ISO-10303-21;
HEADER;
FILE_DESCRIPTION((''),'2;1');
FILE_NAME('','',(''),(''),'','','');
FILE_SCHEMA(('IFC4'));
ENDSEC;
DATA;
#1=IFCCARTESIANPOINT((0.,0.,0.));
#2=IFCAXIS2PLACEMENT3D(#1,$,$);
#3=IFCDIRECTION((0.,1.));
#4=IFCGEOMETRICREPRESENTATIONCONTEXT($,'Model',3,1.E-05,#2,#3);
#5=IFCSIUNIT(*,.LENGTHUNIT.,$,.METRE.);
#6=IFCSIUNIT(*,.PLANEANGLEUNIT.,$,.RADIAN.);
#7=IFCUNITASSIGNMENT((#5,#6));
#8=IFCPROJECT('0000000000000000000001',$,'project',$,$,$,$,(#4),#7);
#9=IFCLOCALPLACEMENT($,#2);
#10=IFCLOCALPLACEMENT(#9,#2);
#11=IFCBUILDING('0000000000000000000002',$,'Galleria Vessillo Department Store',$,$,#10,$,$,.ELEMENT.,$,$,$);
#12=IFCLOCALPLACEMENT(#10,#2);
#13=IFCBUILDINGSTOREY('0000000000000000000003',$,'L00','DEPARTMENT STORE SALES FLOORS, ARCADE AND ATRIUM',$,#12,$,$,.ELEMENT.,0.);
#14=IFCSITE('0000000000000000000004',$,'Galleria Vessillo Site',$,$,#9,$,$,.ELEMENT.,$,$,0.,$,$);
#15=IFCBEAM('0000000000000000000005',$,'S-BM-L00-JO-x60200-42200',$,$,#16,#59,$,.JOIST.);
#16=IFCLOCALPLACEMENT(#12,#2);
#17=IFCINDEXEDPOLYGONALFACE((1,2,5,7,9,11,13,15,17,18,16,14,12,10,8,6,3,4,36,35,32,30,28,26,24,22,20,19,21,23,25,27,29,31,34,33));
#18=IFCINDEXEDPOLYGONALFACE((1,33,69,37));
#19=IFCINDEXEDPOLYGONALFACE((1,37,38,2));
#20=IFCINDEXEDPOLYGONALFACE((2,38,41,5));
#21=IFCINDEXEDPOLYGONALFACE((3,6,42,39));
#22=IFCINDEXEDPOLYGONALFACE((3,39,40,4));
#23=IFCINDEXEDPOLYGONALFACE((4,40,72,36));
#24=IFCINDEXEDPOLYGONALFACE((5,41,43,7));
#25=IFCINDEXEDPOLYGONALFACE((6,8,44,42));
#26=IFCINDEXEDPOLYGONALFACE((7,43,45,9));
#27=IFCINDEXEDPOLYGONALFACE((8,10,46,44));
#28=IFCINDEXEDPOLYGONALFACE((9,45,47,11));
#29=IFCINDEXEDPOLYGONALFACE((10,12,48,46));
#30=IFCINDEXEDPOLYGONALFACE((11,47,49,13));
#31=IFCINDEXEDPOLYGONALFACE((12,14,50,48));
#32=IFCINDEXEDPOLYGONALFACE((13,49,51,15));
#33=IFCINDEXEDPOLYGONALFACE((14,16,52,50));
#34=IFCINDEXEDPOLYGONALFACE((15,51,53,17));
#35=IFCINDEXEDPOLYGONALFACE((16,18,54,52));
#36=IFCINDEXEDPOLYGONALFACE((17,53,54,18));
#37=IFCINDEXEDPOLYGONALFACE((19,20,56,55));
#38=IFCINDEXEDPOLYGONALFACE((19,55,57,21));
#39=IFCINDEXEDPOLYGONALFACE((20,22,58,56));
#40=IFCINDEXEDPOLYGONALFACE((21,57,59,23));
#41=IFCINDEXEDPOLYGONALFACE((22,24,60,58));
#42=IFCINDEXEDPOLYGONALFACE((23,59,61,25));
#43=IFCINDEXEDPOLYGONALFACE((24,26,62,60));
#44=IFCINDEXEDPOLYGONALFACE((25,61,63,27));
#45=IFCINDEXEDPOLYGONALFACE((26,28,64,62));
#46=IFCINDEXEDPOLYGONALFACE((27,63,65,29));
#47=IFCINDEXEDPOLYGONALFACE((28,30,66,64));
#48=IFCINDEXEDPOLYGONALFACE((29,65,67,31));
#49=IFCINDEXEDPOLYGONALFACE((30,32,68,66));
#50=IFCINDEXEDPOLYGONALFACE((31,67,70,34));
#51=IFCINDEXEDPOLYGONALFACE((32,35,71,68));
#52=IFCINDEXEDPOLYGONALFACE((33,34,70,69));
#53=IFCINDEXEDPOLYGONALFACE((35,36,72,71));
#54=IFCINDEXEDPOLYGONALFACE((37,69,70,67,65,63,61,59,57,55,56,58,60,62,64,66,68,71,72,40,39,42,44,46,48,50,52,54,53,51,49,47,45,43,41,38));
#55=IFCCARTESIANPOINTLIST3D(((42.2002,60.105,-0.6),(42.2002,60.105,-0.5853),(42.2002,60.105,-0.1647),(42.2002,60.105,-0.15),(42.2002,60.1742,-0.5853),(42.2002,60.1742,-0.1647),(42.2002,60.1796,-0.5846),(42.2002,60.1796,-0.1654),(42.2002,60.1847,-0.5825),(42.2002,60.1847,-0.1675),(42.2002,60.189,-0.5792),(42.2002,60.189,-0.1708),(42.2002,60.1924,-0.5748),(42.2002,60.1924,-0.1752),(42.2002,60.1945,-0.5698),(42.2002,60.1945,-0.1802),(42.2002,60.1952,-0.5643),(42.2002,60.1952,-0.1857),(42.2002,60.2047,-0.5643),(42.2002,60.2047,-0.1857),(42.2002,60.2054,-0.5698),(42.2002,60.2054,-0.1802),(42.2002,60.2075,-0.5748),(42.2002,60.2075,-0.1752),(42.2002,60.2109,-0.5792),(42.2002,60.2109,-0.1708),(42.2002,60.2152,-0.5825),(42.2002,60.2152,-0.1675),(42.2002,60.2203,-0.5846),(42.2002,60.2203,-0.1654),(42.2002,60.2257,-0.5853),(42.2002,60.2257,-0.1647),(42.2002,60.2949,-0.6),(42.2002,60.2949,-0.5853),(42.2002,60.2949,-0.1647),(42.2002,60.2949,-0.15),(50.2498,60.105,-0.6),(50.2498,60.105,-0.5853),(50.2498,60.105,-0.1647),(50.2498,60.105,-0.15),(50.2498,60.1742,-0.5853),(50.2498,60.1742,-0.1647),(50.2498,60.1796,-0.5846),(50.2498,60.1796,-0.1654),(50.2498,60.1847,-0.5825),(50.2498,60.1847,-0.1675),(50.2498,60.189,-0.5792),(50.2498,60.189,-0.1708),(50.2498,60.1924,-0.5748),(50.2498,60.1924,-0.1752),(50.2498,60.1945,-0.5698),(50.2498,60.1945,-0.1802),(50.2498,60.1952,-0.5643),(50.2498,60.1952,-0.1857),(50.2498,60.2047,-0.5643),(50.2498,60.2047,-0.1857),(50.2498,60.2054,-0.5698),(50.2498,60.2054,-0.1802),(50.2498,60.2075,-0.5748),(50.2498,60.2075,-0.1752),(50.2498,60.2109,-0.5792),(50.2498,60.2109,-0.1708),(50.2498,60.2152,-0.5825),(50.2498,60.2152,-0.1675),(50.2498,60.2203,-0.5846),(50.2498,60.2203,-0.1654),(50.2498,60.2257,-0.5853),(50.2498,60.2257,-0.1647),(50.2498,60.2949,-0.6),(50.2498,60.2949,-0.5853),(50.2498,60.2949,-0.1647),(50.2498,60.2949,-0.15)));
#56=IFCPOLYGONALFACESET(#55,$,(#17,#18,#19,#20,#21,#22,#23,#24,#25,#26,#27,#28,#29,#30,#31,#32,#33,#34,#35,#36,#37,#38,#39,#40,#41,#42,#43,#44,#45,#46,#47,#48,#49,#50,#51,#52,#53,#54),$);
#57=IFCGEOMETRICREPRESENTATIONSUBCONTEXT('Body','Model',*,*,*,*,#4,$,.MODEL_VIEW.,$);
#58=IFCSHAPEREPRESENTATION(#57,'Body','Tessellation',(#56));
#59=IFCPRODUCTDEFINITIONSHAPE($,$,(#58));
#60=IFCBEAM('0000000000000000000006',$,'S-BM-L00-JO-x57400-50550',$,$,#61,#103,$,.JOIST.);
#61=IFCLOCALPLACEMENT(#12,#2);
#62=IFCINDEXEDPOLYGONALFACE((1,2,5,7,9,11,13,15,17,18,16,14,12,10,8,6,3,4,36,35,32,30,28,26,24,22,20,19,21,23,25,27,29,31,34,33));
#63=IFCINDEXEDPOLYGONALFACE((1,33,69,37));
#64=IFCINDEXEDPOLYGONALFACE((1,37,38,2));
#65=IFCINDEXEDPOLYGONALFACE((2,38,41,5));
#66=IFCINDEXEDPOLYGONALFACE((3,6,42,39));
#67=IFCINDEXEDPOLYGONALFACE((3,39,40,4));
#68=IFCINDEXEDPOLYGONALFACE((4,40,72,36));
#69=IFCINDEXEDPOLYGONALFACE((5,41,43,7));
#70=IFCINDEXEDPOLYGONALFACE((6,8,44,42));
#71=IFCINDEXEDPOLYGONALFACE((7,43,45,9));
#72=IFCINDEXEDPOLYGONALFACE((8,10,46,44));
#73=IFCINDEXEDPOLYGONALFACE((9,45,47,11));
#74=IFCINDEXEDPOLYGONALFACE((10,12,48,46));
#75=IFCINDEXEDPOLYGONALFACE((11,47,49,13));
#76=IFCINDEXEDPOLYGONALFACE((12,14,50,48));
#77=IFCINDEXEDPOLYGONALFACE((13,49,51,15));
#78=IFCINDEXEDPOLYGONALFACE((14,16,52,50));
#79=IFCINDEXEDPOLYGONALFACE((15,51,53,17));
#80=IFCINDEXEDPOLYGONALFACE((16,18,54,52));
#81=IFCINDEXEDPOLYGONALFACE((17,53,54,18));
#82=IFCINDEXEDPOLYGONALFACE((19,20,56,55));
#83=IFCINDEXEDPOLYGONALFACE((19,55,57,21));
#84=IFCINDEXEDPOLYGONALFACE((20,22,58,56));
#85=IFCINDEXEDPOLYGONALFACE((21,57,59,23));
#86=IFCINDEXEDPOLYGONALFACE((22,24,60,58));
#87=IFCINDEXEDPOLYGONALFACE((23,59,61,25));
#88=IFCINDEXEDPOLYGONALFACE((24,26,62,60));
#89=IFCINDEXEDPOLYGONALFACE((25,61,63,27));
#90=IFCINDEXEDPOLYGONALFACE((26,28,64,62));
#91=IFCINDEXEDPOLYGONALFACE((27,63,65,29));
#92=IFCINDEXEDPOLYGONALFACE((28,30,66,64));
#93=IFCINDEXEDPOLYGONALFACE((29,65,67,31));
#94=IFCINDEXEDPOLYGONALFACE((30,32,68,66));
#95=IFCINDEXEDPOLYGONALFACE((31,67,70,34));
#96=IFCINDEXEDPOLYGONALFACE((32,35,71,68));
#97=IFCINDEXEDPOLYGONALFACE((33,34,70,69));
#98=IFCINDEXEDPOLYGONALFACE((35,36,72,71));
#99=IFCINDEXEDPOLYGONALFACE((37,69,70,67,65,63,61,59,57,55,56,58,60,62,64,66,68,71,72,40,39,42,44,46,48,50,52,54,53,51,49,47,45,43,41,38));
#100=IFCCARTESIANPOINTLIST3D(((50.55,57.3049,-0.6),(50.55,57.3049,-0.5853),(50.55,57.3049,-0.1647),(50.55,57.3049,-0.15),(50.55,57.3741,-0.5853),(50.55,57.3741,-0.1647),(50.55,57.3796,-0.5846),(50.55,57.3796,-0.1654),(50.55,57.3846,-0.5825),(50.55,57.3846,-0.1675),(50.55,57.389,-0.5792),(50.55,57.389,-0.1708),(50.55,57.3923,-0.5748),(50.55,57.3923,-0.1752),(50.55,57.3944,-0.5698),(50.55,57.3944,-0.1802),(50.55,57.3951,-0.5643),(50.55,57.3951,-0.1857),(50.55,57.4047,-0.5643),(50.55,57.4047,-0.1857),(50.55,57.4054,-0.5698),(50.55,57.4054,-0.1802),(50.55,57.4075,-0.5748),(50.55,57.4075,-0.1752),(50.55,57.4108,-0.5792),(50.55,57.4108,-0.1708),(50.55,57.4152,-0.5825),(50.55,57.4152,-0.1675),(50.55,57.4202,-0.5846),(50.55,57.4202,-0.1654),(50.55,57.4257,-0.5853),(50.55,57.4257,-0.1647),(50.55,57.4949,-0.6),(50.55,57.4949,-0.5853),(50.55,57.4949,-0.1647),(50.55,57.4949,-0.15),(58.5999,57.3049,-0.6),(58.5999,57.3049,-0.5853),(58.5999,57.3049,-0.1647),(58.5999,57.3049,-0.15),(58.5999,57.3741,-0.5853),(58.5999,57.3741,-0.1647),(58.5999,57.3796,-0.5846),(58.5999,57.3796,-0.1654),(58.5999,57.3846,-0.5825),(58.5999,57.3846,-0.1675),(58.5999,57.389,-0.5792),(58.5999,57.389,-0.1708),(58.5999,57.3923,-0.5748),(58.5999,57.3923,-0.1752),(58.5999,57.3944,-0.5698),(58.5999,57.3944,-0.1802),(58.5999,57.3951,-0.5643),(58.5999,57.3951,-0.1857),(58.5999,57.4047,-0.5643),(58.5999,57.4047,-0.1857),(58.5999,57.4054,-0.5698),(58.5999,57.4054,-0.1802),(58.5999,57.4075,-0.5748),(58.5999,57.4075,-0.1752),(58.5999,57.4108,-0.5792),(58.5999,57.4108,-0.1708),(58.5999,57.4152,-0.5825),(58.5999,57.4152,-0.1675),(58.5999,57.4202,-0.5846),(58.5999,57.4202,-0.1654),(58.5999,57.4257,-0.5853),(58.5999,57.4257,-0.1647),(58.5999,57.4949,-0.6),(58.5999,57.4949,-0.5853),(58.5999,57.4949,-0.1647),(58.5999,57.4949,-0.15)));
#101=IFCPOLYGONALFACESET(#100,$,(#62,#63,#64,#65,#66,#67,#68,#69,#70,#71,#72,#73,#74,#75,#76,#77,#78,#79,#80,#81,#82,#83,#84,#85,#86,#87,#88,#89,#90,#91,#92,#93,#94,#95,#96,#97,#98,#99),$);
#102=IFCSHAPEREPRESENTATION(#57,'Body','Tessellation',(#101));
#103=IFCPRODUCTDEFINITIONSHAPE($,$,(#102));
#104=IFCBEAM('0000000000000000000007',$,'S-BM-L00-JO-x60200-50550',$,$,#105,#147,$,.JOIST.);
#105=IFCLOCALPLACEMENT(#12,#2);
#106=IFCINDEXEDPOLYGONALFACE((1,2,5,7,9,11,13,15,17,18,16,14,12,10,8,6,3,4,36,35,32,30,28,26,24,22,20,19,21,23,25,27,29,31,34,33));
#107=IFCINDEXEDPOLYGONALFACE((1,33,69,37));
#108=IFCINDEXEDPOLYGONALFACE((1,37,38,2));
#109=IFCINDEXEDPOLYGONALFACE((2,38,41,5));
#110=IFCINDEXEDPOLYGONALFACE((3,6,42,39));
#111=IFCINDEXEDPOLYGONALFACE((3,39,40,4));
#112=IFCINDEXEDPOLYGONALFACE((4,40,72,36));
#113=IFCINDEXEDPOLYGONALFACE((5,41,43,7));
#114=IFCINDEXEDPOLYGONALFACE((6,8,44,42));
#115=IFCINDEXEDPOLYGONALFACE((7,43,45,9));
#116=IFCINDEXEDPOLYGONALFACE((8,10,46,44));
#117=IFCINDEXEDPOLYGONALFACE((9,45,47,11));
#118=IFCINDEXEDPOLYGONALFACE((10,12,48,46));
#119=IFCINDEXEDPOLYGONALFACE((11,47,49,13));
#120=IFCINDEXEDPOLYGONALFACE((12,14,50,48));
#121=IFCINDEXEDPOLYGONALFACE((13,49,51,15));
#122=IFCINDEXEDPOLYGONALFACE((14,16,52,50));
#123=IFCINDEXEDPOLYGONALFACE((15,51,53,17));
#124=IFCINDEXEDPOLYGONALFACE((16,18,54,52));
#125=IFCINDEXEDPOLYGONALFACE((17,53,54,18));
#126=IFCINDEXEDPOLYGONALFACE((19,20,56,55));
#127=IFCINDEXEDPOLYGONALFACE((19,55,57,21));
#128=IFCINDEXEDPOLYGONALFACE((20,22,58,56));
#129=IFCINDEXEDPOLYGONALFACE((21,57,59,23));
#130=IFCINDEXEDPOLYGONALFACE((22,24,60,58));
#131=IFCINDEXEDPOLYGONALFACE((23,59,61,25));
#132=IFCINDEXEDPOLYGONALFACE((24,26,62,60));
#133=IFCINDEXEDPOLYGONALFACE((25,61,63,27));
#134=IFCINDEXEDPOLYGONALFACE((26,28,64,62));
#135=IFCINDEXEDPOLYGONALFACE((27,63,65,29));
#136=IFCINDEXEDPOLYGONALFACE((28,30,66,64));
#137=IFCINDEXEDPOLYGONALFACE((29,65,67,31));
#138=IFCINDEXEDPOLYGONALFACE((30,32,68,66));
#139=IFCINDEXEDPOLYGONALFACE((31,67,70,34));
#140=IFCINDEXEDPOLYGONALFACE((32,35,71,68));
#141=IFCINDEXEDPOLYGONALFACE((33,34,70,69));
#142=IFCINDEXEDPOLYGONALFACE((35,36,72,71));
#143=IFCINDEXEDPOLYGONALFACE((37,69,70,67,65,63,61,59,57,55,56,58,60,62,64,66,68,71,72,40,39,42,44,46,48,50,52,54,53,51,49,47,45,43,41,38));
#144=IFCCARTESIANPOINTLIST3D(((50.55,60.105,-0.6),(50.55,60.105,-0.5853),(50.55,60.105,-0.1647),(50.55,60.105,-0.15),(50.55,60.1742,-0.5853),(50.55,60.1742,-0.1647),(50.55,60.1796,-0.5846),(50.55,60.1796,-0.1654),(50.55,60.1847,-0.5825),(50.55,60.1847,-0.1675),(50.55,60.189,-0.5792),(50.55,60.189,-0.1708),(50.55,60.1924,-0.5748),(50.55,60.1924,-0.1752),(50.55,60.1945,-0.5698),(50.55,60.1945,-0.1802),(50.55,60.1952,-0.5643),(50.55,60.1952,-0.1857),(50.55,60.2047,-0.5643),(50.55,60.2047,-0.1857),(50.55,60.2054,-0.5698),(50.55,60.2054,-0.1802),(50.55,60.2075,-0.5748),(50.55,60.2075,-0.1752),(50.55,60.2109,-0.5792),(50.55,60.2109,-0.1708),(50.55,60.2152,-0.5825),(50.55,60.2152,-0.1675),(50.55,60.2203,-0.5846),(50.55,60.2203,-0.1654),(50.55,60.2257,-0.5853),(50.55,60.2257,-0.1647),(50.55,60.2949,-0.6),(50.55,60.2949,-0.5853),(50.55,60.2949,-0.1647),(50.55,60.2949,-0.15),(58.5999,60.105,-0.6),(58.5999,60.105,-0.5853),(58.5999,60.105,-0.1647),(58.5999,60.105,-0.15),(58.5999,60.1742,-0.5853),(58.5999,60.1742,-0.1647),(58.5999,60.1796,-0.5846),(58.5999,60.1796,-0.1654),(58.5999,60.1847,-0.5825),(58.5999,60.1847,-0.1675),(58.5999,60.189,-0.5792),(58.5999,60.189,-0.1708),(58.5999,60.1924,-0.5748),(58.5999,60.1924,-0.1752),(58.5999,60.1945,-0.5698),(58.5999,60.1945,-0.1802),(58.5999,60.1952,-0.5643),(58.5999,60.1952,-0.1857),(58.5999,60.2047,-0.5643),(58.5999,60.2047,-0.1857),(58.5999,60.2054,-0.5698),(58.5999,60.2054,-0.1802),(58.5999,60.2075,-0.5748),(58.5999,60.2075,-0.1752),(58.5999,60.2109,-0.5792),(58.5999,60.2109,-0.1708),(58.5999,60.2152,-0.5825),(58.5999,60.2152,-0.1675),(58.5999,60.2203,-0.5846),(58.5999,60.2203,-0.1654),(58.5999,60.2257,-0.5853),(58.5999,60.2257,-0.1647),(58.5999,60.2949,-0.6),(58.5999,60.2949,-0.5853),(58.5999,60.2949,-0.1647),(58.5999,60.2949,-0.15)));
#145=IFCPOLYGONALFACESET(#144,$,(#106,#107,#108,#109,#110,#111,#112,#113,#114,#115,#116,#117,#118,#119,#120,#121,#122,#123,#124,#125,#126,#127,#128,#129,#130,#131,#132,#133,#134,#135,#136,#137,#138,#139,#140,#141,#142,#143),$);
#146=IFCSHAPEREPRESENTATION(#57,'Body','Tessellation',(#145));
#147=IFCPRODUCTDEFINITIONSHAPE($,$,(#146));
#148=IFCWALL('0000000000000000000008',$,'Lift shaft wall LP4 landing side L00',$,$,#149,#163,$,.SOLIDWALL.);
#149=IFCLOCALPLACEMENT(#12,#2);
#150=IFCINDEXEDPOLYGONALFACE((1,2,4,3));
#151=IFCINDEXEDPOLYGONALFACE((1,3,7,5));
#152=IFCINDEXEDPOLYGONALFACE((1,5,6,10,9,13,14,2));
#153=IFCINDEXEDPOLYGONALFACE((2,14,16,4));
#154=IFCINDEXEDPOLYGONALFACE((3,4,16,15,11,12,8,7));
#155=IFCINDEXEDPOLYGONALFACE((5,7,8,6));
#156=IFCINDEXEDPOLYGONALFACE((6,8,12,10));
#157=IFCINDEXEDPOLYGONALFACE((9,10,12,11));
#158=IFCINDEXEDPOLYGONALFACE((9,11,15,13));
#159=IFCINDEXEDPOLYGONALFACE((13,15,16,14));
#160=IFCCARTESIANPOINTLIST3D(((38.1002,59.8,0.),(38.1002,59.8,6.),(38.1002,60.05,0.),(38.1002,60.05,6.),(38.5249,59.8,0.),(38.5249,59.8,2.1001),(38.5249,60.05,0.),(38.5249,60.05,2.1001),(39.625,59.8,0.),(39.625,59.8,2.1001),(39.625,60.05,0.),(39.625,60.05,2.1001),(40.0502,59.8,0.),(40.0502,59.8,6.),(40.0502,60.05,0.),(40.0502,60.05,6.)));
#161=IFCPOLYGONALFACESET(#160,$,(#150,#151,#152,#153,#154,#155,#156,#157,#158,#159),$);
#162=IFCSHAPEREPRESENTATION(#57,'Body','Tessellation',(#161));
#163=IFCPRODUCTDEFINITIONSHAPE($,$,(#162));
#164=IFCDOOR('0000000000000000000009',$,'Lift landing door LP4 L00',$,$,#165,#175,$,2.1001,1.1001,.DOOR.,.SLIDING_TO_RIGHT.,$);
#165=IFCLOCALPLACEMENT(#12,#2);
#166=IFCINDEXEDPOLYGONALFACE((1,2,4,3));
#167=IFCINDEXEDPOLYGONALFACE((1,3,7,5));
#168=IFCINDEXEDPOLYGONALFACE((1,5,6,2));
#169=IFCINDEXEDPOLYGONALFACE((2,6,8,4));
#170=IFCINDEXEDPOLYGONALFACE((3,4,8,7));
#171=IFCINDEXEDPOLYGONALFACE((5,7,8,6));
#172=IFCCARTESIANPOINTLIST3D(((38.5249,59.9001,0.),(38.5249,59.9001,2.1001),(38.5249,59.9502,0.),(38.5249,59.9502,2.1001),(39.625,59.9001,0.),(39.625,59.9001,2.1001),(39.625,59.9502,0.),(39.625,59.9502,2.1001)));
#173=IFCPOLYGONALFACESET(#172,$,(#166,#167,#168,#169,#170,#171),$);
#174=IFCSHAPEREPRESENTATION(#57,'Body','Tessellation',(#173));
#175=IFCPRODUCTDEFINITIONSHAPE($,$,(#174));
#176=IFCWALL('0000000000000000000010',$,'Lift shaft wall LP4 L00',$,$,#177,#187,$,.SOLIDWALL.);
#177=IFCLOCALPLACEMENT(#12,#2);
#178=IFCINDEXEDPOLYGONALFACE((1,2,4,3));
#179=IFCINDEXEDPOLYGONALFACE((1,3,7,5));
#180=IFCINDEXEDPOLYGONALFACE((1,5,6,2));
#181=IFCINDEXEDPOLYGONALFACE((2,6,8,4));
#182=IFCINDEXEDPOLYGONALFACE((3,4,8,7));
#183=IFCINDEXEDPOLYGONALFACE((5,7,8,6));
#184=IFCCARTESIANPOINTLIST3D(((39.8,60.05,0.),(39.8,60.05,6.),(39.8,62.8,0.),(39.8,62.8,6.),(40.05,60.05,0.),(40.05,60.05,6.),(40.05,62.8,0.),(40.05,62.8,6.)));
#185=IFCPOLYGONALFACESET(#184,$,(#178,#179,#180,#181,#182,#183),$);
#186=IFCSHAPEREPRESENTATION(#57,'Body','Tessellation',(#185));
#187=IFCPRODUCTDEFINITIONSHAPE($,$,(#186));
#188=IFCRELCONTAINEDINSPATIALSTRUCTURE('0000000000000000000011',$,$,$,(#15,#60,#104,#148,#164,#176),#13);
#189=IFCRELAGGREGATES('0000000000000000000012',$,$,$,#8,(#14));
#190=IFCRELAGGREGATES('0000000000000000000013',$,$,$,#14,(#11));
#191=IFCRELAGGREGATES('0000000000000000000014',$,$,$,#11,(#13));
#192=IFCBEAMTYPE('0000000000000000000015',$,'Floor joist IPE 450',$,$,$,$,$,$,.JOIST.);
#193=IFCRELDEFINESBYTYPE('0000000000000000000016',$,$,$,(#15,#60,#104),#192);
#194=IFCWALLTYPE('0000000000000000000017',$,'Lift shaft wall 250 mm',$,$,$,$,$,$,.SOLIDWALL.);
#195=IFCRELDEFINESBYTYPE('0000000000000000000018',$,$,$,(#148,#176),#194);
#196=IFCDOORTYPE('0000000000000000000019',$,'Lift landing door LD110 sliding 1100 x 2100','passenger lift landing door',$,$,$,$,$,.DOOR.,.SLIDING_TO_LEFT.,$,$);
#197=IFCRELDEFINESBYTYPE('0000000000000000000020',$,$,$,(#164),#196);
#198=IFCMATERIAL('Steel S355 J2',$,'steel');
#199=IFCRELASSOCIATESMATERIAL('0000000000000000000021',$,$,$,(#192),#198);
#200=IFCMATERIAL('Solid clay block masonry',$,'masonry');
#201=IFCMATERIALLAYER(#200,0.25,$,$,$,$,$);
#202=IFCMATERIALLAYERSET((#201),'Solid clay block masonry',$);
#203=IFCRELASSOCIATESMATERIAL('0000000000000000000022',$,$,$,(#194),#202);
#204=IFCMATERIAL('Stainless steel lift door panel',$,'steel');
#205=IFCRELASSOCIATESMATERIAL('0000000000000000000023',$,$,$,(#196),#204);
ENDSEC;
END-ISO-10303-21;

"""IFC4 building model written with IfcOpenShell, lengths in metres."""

from ifc_helpers import new_model, si_unit, direction, frame, frame_2d, origin, origin_2d, place, context, subcontext, project, spatial, rectangle, i_section, extrude, material, layer, layer_set, material_profile, profile_set, type_object, element, fill, save


model = new_model("IFC4")

# Units and contexts
model_context = context("Model", 3, precision=1e-05, world=origin(), true_north=direction((0.0, 1.0)))
body_context = subcontext(model_context, "Body", "Model", "MODEL_VIEW")
ifc_project = project(units=[si_unit("LENGTHUNIT", "METRE"), si_unit("PLANEANGLEUNIT", "RADIAN")], contexts=[model_context])

# Site, building, storey
site_placement = place(None, origin())
site = spatial("IfcSite", under=ifc_project, at=site_placement, Name="Galleria Vessillo Site", CompositionType="ELEMENT", RefElevation=0.0)
building_placement = place(site_placement, origin())
building = spatial("IfcBuilding", under=site, at=building_placement, Name="Galleria Vessillo Department Store", CompositionType="ELEMENT")
storey_placement = place(building_placement, origin())
storey = spatial("IfcBuildingStorey", under=building, at=storey_placement, Name="L00", Description="DEPARTMENT STORE SALES FLOORS, ARCADE AND ATRIUM", CompositionType="ELEMENT", Elevation=0.0)

# Beams
ifc_material_1 = material(Name="Steel S355 J2", Category="steel")
ifc_material_profile_1 = material_profile(ifc_material_1, i_section(OverallWidth=0.1899, OverallDepth=0.45, WebThickness=0.0095, FlangeThickness=0.0146, FilletRadius=0.021, at=origin_2d()), Name="IPE 450")
ifc_profile_set_1 = profile_set([ifc_material_profile_1], Name="Steel S355 J2")
beam_type_1 = type_object("IfcBeamType", Name="Floor joist IPE 450", PredefinedType="JOIST", material=ifc_profile_set_1)
for number, where, z_axis, x_axis, name in (
    (1, (42.2002, 60.2, -0.375), (1.0, 0.0, 0.0), (0.0, 1.0, 0.0), "S-BM-L00-JO-x60200-42200"),
):
    element("IfcBeam", number, at=place(storey_placement, frame(where, z_axis=z_axis, x_axis=x_axis)), inside=storey, type_object=beam_type_1, Name=name, PredefinedType="JOIST", context=body_context, shape_type="SweptSolid", body=[
        extrude(i_section(OverallWidth=0.1899, OverallDepth=0.45, WebThickness=0.0095, FlangeThickness=0.0146, FilletRadius=0.021, at=origin_2d()), origin(), (0.0, 0.0, 1.0), 8.0496),
    ])
for number, where, z_axis, x_axis, name in (
    (2, (50.55, 57.3999, -0.375), (1.0, 0.0, 0.0), (0.0, 1.0, 0.0), "S-BM-L00-JO-x57400-50550"),
    (3, (50.55, 60.2, -0.375), (1.0, 0.0, 0.0), (0.0, 1.0, 0.0), "S-BM-L00-JO-x60200-50550"),
):
    element("IfcBeam", number, at=place(storey_placement, frame(where, z_axis=z_axis, x_axis=x_axis)), inside=storey, type_object=beam_type_1, Name=name, PredefinedType="JOIST", context=body_context, shape_type="SweptSolid", body=[
        extrude(i_section(OverallWidth=0.1899, OverallDepth=0.45, WebThickness=0.0095, FlangeThickness=0.0146, FilletRadius=0.021, at=origin_2d()), origin(), (0.0, 0.0, 1.0), 8.0498),
    ])

# Wall, opening, door
ifc_material_2 = material(Name="Solid clay block masonry", Category="masonry")
ifc_layer_1 = layer(ifc_material_2, 0.25)
ifc_layer_set_1 = layer_set([ifc_layer_1], Name="Solid clay block masonry")
wall_type_1 = type_object("IfcWallType", Name="Lift shaft wall 250 mm", PredefinedType="SOLIDWALL", material=ifc_layer_set_1)
wall_1_placement = place(storey_placement, frame((38.1001, 59.925, 0.0), z_axis=(0.0, 0.0, 1.0), x_axis=(1.0, 0.0, 0.0)))
wall_1 = element("IfcWall", 4, at=wall_1_placement, inside=storey, type_object=wall_type_1, Name="Lift shaft wall LP4 landing side L00", PredefinedType="SOLIDWALL", context=body_context, shape_type="SweptSolid", body=[
    extrude(rectangle(XDim=1.95, YDim=0.25, at=frame_2d((0.9751, 0.0))), origin(), (0.0, 0.0, 1.0), 6.0),
])
opening_1_placement = place(wall_1_placement, frame((0.4248, 0.0, 0.0)))
opening_1 = element("IfcOpeningElement", 5, at=opening_1_placement, cuts=wall_1, PredefinedType="OPENING", context=body_context, shape_type="SweptSolid", body=[
    extrude(rectangle(XDim=1.1001, YDim=2.1001, at=frame_2d((0.55, 1.05))), frame((0.0, 0.135, 0.0), z_axis=(0.0, -1.0, 0.0), x_axis=(1.0, 0.0, 0.0)), (0.0, 0.0, 1.0), 0.27),
])
ifc_material_3 = material(Name="Stainless steel lift door panel", Category="steel")
door_type_1 = type_object("IfcDoorType", Name="Lift landing door LD110 sliding 1100 x 2100", Description="passenger lift landing door", OperationType="SLIDING_TO_LEFT", PredefinedType="DOOR", material=ifc_material_3)
door_1_placement = place(opening_1_placement, frame((1.1001, 0.0, 0.0), z_axis=(0.0, 0.0, 1.0), x_axis=(-1.0, 0.0, 0.0)))
door_1 = element("IfcDoor", 6, at=door_1_placement, inside=storey, type_object=door_type_1, Name="Lift landing door LP4 L00", OperationType="SLIDING_TO_RIGHT", OverallHeight=2.1001, OverallWidth=1.1001, PredefinedType="DOOR", context=body_context, shape_type="SweptSolid", body=[
    extrude(rectangle(XDim=1.1001, YDim=2.1001, at=frame_2d((0.55, 1.05))), frame((0.0, 0.0249, 0.0), z_axis=(0.0, -1.0, 0.0), x_axis=(1.0, 0.0, 0.0)), (0.0, 0.0, 1.0), 0.05),
])
fill(opening_1, door_1)

# Wall
wall_2_placement = place(storey_placement, frame((39.925, 62.8, 0.0), z_axis=(0.0, 0.0, 1.0), x_axis=(0.0, -1.0, 0.0)))
element("IfcWall", 7, at=wall_2_placement, inside=storey, type_object=wall_type_1, Name="Lift shaft wall LP4 L00", PredefinedType="SOLIDWALL", context=body_context, shape_type="SweptSolid", body=[
    extrude(rectangle(XDim=2.75, YDim=0.25, at=frame_2d((1.375, 0.0))), origin(), (0.0, 0.0, 1.0), 6.0),
])

save(model, "model.ifc")
